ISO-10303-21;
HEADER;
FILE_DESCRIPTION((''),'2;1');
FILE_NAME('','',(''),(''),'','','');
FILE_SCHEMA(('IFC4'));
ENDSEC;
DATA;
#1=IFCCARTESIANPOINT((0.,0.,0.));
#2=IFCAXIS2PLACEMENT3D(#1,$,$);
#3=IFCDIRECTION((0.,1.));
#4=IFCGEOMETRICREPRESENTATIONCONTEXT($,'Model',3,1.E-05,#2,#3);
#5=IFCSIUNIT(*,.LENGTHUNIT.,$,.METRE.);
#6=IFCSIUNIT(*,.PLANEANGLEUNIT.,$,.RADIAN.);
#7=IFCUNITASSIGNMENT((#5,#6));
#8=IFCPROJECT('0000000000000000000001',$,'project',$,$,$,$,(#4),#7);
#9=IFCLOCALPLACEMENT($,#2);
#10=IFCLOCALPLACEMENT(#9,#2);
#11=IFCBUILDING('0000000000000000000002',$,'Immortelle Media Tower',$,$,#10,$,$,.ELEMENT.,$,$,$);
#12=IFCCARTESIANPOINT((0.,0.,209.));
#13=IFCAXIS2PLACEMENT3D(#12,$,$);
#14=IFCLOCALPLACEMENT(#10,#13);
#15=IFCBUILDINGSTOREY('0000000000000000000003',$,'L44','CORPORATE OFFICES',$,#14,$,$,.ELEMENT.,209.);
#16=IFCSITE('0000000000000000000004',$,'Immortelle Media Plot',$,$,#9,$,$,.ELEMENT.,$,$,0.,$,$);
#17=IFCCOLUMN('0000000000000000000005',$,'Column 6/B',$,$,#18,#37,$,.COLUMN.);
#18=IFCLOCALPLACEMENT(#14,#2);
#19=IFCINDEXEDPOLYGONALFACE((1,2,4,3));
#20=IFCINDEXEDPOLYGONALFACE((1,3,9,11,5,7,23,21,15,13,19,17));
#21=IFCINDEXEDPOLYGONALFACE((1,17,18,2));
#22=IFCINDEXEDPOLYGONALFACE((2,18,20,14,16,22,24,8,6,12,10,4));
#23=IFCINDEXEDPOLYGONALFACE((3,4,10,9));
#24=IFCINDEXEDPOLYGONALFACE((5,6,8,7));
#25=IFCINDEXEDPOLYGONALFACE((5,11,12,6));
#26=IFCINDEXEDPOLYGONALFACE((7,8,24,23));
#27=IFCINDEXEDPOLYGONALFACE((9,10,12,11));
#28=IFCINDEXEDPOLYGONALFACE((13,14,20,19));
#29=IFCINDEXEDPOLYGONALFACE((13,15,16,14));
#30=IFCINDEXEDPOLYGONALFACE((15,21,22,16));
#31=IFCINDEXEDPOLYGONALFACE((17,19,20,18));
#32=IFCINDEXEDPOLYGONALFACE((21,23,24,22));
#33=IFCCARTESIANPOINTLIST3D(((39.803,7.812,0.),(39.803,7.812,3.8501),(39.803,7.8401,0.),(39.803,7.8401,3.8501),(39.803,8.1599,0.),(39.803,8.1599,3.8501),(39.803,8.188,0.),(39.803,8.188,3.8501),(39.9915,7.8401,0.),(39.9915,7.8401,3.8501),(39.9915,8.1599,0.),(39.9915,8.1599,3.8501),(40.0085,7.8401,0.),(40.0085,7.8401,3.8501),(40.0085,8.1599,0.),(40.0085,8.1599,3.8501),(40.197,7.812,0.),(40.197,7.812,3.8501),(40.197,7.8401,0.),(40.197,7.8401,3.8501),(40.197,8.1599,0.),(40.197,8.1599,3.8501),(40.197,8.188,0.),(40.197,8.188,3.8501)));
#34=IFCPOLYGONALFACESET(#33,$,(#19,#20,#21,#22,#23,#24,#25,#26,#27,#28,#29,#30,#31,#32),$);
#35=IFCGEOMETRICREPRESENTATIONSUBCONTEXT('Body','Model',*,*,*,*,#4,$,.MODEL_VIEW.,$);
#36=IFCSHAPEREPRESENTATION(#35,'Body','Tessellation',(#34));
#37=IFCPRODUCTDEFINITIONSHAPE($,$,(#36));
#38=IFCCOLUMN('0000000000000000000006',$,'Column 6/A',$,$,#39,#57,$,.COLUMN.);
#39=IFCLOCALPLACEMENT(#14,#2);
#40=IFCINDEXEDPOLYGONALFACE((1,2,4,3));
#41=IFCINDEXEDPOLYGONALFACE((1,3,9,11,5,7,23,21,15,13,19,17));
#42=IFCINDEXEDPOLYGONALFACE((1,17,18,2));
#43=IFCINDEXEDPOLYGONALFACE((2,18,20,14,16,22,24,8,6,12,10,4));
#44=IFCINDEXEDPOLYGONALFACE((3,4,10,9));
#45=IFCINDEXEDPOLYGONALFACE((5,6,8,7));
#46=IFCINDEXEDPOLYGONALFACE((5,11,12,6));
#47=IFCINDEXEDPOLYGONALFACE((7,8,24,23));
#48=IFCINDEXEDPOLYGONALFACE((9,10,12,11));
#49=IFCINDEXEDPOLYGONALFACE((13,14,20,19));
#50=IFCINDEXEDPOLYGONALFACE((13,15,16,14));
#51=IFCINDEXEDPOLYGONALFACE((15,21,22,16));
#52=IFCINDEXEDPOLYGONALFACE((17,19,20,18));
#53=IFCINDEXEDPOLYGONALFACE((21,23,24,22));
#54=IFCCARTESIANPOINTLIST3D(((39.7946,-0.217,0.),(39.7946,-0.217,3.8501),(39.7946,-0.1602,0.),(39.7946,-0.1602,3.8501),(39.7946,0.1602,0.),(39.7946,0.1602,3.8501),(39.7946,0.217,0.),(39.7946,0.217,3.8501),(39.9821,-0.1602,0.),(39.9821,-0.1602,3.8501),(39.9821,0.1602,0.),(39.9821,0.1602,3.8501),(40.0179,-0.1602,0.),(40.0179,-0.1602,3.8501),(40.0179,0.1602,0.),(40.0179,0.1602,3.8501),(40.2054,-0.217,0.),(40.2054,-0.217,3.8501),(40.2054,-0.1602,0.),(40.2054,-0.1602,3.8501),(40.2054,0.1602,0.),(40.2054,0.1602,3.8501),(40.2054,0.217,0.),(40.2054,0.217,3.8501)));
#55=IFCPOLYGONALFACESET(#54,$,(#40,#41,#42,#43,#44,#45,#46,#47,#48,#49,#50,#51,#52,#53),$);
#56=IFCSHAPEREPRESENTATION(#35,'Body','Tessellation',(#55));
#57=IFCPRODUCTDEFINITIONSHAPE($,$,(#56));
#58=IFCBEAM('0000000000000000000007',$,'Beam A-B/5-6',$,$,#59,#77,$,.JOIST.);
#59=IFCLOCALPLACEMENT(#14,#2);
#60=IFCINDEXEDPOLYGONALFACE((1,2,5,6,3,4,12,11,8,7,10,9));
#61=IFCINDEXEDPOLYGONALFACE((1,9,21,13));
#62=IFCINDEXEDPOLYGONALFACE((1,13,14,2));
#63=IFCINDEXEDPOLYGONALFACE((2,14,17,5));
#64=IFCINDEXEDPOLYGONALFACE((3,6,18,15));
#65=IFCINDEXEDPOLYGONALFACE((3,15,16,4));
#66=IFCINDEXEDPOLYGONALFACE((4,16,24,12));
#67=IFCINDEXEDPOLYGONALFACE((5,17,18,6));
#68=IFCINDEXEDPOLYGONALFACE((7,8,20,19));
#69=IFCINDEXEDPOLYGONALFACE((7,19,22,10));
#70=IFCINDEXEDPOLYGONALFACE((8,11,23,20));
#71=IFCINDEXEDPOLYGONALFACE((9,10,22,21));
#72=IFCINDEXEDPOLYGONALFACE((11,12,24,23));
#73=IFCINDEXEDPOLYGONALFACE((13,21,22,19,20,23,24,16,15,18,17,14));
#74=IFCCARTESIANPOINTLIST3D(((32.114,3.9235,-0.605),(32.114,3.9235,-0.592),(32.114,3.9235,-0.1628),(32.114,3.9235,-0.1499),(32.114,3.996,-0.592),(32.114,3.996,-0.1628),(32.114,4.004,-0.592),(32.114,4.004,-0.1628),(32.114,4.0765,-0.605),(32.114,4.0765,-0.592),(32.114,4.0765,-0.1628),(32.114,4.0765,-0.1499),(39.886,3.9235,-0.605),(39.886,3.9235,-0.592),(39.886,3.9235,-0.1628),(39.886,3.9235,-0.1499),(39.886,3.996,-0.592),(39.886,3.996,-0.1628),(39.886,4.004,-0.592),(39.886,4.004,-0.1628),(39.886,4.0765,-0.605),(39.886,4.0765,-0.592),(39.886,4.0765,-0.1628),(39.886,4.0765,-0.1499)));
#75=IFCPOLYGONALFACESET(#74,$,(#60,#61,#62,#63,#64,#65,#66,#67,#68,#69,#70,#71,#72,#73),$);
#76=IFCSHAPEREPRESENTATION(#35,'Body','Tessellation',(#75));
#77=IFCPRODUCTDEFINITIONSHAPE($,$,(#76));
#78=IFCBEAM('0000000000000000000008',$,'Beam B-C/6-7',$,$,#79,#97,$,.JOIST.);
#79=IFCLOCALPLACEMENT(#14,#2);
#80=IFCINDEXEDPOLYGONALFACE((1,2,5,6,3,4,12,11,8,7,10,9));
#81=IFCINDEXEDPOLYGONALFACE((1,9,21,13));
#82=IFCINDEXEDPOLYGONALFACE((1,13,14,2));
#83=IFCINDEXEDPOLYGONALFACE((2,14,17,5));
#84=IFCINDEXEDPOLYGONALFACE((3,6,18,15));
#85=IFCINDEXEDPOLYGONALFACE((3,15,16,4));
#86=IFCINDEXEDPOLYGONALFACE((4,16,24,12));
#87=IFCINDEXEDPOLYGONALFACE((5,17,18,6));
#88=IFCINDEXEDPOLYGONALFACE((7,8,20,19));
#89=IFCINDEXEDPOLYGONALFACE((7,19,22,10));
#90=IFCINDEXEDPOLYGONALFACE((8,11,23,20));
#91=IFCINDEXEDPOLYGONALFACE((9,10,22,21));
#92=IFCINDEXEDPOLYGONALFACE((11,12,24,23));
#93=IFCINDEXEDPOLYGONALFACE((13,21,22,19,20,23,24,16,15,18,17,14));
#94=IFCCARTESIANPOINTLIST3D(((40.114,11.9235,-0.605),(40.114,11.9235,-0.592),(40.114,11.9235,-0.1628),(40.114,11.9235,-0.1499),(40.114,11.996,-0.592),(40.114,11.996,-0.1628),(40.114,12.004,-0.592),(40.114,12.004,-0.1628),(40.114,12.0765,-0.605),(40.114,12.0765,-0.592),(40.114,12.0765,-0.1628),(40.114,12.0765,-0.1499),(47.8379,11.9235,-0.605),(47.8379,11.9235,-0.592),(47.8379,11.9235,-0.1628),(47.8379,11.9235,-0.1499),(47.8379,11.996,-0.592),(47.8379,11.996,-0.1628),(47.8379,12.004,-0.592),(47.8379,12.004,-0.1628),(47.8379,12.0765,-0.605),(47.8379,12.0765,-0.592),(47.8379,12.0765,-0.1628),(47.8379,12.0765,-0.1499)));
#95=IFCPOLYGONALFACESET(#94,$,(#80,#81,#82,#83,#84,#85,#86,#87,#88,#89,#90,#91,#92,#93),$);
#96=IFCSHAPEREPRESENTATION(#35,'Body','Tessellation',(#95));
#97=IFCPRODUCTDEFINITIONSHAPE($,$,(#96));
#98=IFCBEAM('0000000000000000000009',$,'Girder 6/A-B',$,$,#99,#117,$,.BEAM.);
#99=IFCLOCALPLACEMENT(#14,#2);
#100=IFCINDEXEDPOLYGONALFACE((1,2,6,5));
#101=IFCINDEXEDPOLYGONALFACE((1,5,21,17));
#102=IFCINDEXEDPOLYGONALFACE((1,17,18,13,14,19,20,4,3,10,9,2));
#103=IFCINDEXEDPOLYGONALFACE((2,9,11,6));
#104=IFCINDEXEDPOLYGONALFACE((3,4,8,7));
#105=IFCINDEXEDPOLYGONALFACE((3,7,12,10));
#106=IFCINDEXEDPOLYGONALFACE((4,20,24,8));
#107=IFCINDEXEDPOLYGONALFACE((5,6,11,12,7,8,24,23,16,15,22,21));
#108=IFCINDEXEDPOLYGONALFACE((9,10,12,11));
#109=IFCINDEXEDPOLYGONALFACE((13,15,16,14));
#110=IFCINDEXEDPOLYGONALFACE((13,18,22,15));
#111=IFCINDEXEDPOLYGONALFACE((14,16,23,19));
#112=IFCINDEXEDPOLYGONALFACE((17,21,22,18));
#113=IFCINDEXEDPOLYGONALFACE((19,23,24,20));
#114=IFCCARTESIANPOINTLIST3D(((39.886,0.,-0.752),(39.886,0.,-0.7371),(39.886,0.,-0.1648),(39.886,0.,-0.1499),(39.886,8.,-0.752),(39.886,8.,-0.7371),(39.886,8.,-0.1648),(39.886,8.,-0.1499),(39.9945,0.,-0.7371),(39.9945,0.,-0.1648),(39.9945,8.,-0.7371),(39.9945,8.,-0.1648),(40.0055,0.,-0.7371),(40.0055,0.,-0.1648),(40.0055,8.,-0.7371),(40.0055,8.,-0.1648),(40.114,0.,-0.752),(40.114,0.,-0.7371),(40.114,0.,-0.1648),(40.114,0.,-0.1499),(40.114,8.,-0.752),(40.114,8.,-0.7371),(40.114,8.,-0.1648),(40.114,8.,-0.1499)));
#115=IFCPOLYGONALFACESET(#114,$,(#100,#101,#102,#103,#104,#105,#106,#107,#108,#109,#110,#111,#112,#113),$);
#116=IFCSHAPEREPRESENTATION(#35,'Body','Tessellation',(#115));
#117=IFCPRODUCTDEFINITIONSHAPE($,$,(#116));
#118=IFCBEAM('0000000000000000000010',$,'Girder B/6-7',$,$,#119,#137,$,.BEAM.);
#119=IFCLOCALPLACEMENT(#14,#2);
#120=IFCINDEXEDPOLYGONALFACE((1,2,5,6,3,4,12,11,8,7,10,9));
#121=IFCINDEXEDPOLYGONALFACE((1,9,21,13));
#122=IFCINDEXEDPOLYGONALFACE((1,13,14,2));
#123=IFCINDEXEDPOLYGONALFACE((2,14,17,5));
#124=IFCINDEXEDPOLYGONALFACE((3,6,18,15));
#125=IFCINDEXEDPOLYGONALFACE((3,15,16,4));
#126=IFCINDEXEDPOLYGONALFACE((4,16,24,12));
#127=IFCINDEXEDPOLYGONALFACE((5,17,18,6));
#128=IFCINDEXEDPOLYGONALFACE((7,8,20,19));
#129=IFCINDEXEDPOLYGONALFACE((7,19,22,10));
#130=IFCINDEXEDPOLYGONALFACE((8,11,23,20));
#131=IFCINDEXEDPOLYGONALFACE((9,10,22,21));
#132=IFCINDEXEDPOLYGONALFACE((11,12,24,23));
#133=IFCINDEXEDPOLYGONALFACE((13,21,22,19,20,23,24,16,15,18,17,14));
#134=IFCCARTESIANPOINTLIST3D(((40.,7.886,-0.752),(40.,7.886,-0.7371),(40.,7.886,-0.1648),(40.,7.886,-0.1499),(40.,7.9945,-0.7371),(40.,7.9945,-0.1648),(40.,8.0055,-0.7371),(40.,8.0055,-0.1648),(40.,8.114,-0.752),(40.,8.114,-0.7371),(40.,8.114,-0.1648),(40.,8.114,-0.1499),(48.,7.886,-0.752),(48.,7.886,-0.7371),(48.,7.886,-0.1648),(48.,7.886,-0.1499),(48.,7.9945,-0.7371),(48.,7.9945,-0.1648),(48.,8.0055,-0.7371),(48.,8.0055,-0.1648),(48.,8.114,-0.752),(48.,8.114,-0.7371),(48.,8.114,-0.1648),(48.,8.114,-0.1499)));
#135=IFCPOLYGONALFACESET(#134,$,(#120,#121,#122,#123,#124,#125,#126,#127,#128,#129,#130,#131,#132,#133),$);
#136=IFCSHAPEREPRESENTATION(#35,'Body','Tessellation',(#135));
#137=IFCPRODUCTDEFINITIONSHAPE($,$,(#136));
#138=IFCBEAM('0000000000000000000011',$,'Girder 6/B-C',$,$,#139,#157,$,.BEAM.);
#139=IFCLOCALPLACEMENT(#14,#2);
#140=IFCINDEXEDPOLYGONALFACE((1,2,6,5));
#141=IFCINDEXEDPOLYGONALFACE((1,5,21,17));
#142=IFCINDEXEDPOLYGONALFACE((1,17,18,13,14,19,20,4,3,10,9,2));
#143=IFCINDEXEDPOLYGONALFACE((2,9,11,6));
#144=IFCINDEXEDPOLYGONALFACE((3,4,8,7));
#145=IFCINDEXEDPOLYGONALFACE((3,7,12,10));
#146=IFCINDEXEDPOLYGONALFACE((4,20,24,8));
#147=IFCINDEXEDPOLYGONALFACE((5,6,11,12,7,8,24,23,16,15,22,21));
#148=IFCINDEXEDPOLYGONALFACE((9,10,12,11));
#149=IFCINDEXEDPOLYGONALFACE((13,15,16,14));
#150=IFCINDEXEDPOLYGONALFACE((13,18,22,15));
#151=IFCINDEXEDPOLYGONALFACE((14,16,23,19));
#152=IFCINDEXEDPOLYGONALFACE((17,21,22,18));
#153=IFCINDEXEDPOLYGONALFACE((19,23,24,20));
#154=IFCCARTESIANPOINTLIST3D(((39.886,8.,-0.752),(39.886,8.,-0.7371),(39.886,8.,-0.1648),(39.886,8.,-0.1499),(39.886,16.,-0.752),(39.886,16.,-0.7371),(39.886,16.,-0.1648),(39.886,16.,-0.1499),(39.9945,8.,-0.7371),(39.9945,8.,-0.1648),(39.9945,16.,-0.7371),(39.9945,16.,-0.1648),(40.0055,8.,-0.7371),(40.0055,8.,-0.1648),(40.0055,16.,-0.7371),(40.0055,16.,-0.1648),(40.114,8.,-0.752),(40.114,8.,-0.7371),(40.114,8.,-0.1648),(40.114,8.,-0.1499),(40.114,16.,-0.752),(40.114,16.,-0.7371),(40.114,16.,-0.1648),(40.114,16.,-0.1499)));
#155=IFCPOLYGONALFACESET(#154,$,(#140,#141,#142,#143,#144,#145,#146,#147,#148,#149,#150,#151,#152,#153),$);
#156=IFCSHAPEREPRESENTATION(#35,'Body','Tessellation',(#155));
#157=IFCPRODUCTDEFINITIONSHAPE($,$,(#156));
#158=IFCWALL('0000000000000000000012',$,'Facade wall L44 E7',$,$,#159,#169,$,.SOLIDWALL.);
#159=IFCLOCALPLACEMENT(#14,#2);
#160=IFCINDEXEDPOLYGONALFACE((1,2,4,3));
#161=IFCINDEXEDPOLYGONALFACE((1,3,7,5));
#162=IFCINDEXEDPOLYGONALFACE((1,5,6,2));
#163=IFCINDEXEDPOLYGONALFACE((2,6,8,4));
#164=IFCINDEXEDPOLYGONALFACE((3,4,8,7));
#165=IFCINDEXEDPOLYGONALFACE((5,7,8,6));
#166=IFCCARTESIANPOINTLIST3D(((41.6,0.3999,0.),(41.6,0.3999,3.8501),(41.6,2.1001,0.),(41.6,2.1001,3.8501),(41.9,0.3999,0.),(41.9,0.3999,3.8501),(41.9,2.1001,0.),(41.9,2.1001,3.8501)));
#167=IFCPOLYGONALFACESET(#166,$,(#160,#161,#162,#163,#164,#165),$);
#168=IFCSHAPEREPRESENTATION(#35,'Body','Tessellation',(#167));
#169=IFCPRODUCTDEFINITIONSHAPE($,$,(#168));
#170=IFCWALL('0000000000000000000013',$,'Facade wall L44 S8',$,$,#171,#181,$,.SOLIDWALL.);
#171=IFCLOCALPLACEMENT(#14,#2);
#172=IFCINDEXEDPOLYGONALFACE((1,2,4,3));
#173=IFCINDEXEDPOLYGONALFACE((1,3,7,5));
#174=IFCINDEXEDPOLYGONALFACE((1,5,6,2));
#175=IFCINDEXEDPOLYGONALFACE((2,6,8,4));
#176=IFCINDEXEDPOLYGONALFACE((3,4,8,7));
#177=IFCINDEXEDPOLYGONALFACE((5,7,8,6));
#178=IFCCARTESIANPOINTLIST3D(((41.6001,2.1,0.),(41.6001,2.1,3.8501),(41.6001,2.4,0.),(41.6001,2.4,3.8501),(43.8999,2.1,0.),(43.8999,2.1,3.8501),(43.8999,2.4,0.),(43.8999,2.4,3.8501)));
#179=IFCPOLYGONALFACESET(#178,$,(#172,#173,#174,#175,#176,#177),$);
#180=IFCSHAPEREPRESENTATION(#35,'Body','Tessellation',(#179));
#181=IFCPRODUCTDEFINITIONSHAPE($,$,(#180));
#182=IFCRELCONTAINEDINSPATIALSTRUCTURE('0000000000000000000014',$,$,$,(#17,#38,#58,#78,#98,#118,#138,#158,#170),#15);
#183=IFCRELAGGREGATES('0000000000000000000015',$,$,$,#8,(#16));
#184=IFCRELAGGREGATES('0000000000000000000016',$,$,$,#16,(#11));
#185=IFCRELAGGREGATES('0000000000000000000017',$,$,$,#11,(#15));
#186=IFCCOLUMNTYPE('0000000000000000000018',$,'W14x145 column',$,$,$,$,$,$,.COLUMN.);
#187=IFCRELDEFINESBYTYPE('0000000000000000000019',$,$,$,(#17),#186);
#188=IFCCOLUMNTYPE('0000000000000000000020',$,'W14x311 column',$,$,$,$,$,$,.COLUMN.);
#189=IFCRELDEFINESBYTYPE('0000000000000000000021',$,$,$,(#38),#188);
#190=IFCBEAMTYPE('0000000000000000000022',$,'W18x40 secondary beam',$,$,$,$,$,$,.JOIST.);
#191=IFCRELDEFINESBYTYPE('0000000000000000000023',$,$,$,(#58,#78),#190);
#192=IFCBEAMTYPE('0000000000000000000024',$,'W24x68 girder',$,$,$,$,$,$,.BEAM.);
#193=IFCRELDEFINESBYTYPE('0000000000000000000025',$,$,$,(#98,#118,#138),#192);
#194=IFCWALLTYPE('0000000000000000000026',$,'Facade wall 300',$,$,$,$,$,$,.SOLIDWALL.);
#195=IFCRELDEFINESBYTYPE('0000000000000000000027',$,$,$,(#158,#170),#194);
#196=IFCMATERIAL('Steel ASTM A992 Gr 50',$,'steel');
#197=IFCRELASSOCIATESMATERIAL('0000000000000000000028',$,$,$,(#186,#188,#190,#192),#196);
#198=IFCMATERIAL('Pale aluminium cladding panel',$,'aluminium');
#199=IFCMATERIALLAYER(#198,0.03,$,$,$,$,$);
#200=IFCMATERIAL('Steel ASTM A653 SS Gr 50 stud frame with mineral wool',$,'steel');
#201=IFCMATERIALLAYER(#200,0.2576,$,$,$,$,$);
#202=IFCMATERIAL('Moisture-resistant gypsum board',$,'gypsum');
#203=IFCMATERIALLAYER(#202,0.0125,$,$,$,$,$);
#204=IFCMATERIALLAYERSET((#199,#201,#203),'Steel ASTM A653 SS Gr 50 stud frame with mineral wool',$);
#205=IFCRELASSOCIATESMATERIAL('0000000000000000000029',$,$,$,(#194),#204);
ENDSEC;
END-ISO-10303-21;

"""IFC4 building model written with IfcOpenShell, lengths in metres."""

from ifc_helpers import new_model, si_unit, direction, frame, frame_2d, origin, origin_2d, place, context, subcontext, project, spatial, rectangle, i_section, extrude, material, layer, layer_set, material_profile, profile_set, type_object, element, save


model = new_model("IFC4")

# Units and contexts
model_context = context("Model", 3, precision=1e-05, world=origin(), true_north=direction((0.0, 1.0)))
body_context = subcontext(model_context, "Body", "Model", "MODEL_VIEW")
ifc_project = project(units=[si_unit("LENGTHUNIT", "METRE"), si_unit("PLANEANGLEUNIT", "RADIAN")], contexts=[model_context])

# Site, building, storey
site_placement = place(None, origin())
site = spatial("IfcSite", under=ifc_project, at=site_placement, Name="Immortelle Media Plot", CompositionType="ELEMENT", RefElevation=0.0)
building_placement = place(site_placement, origin())
building = spatial("IfcBuilding", under=site, at=building_placement, Name="Immortelle Media Tower", CompositionType="ELEMENT")
storey_placement = place(building_placement, frame((0.0, 0.0, 209.0)))
storey = spatial("IfcBuildingStorey", under=building, at=storey_placement, Name="L44", Description="CORPORATE OFFICES", CompositionType="ELEMENT", Elevation=209.0)

# Columns
ifc_material_1 = material(Name="Steel ASTM A992 Gr 50", Category="steel")
ifc_material_profile_1 = material_profile(ifc_material_1, i_section(OverallWidth=0.394, OverallDepth=0.376, WebThickness=0.0171, FlangeThickness=0.0281, at=origin_2d()), Name="W14x145")
ifc_profile_set_1 = profile_set([ifc_material_profile_1], Name="Steel ASTM A992 Gr 50")
column_type_1 = type_object("IfcColumnType", Name="W14x145 column", PredefinedType="COLUMN", material=ifc_profile_set_1)
column_1_placement = place(storey_placement, frame((40.0, 8.0, 0.0), z_axis=(0.0, 0.0, 1.0), x_axis=(1.0, 0.0, 0.0)))
element("IfcColumn", 1, at=column_1_placement, inside=storey, type_object=column_type_1, Name="Column 6/B", PredefinedType="COLUMN", context=body_context, shape_type="SweptSolid", body=[
    extrude(i_section(OverallWidth=0.394, OverallDepth=0.376, WebThickness=0.0171, FlangeThickness=0.0281, at=origin_2d()), origin(), (0.0, 0.0, 1.0), 3.8501),
])
ifc_material_profile_2 = material_profile(ifc_material_1, i_section(OverallWidth=0.4109, OverallDepth=0.4341, WebThickness=0.0359, FlangeThickness=0.0569, at=origin_2d()), Name="W14x311")
ifc_profile_set_2 = profile_set([ifc_material_profile_2], Name="Steel ASTM A992 Gr 50")
column_type_2 = type_object("IfcColumnType", Name="W14x311 column", PredefinedType="COLUMN", material=ifc_profile_set_2)
column_2_placement = place(storey_placement, frame((40.0, 0.0, 0.0), z_axis=(0.0, 0.0, 1.0), x_axis=(1.0, 0.0, 0.0)))
element("IfcColumn", 2, at=column_2_placement, inside=storey, type_object=column_type_2, Name="Column 6/A", PredefinedType="COLUMN", context=body_context, shape_type="SweptSolid", body=[
    extrude(i_section(OverallWidth=0.4109, OverallDepth=0.4341, WebThickness=0.0359, FlangeThickness=0.0569, at=origin_2d()), origin(), (0.0, 0.0, 1.0), 3.8501),
])

# Beams
ifc_material_profile_3 = material_profile(ifc_material_1, i_section(OverallWidth=0.1531, OverallDepth=0.4551, WebThickness=0.0081, FlangeThickness=0.0129, at=origin_2d()), Name="W18x40")
ifc_profile_set_3 = profile_set([ifc_material_profile_3], Name="Steel ASTM A992 Gr 50")
beam_type_1 = type_object("IfcBeamType", Name="W18x40 secondary beam", PredefinedType="JOIST", material=ifc_profile_set_3)
beam_1_placement = place(storey_placement, frame((32.114, 4.0, -0.3774), z_axis=(1.0, 0.0, 0.0), x_axis=(0.0, 1.0, 0.0)))
element("IfcBeam", 3, at=beam_1_placement, inside=storey, type_object=beam_type_1, Name="Beam A-B/5-6", PredefinedType="JOIST", context=body_context, shape_type="SweptSolid", body=[
    extrude(i_section(OverallWidth=0.1531, OverallDepth=0.4551, WebThickness=0.0081, FlangeThickness=0.0129, at=origin_2d()), origin(), (0.0, 0.0, 1.0), 7.772),
])
beam_2_placement = place(storey_placement, frame((40.114, 12.0, -0.3774), z_axis=(1.0, 0.0, 0.0), x_axis=(0.0, 1.0, 0.0)))
element("IfcBeam", 4, at=beam_2_placement, inside=storey, type_object=beam_type_1, Name="Beam B-C/6-7", PredefinedType="JOIST", context=body_context, shape_type="SweptSolid", body=[
    extrude(i_section(OverallWidth=0.1531, OverallDepth=0.4551, WebThickness=0.0081, FlangeThickness=0.0129, at=origin_2d()), origin(), (0.0, 0.0, 1.0), 7.7239),
])
ifc_material_profile_4 = material_profile(ifc_material_1, i_section(OverallWidth=0.228, OverallDepth=0.6021, WebThickness=0.011, FlangeThickness=0.0149, at=origin_2d()), Name="W24x68")
ifc_profile_set_4 = profile_set([ifc_material_profile_4], Name="Steel ASTM A992 Gr 50")
beam_type_2 = type_object("IfcBeamType", Name="W24x68 girder", PredefinedType="BEAM", material=ifc_profile_set_4)
for number, where, z_axis, x_axis, name in (
    (5, (40.0, 0.0, -0.4509), (0.0, 1.0, 0.0), (-1.0, 0.0, 0.0), "Girder 6/A-B"),
    (6, (40.0, 8.0, -0.4509), (1.0, 0.0, 0.0), (0.0, 1.0, 0.0), "Girder B/6-7"),
    (7, (40.0, 8.0, -0.4509), (0.0, 1.0, 0.0), (-1.0, 0.0, 0.0), "Girder 6/B-C"),
):
    element("IfcBeam", number, at=place(storey_placement, frame(where, z_axis=z_axis, x_axis=x_axis)), inside=storey, type_object=beam_type_2, Name=name, PredefinedType="BEAM", context=body_context, shape_type="SweptSolid", body=[
        extrude(i_section(OverallWidth=0.228, OverallDepth=0.6021, WebThickness=0.011, FlangeThickness=0.0149, at=origin_2d()), origin(), (0.0, 0.0, 1.0), 8.0),
    ])

# Walls
ifc_material_2 = material(Name="Pale aluminium cladding panel", Category="aluminium")
ifc_layer_1 = layer(ifc_material_2, 0.03)
ifc_material_3 = material(Name="Steel ASTM A653 SS Gr 50 stud frame with mineral wool", Category="steel")
ifc_layer_2 = layer(ifc_material_3, 0.2576)
ifc_material_4 = material(Name="Moisture-resistant gypsum board", Category="gypsum")
ifc_layer_3 = layer(ifc_material_4, 0.0125)
ifc_layer_set_1 = layer_set([ifc_layer_1, ifc_layer_2, ifc_layer_3], Name="Steel ASTM A653 SS Gr 50 stud frame with mineral wool")
wall_type_1 = type_object("IfcWallType", Name="Facade wall 300", PredefinedType="SOLIDWALL", material=ifc_layer_set_1)
wall_1_placement = place(storey_placement, frame((41.75, 0.3999, 0.0), z_axis=(0.0, 0.0, 1.0), x_axis=(0.0, 1.0, 0.0)))
element("IfcWall", 8, at=wall_1_placement, inside=storey, type_object=wall_type_1, Name="Facade wall L44 E7", PredefinedType="SOLIDWALL", context=body_context, shape_type="SweptSolid", body=[
    extrude(rectangle(XDim=1.7002, YDim=0.3, at=frame_2d((0.8501, 0.0))), origin(), (0.0, 0.0, 1.0), 3.8501),
])
wall_2_placement = place(storey_placement, frame((41.6001, 2.25, 0.0), z_axis=(0.0, 0.0, 1.0), x_axis=(1.0, 0.0, 0.0)))
element("IfcWall", 9, at=wall_2_placement, inside=storey, type_object=wall_type_1, Name="Facade wall L44 S8", PredefinedType="SOLIDWALL", context=body_context, shape_type="SweptSolid", body=[
    extrude(rectangle(XDim=2.2998, YDim=0.3, at=frame_2d((1.1499, 0.0))), origin(), (0.0, 0.0, 1.0), 3.8501),
])

save(model, "model.ifc")
